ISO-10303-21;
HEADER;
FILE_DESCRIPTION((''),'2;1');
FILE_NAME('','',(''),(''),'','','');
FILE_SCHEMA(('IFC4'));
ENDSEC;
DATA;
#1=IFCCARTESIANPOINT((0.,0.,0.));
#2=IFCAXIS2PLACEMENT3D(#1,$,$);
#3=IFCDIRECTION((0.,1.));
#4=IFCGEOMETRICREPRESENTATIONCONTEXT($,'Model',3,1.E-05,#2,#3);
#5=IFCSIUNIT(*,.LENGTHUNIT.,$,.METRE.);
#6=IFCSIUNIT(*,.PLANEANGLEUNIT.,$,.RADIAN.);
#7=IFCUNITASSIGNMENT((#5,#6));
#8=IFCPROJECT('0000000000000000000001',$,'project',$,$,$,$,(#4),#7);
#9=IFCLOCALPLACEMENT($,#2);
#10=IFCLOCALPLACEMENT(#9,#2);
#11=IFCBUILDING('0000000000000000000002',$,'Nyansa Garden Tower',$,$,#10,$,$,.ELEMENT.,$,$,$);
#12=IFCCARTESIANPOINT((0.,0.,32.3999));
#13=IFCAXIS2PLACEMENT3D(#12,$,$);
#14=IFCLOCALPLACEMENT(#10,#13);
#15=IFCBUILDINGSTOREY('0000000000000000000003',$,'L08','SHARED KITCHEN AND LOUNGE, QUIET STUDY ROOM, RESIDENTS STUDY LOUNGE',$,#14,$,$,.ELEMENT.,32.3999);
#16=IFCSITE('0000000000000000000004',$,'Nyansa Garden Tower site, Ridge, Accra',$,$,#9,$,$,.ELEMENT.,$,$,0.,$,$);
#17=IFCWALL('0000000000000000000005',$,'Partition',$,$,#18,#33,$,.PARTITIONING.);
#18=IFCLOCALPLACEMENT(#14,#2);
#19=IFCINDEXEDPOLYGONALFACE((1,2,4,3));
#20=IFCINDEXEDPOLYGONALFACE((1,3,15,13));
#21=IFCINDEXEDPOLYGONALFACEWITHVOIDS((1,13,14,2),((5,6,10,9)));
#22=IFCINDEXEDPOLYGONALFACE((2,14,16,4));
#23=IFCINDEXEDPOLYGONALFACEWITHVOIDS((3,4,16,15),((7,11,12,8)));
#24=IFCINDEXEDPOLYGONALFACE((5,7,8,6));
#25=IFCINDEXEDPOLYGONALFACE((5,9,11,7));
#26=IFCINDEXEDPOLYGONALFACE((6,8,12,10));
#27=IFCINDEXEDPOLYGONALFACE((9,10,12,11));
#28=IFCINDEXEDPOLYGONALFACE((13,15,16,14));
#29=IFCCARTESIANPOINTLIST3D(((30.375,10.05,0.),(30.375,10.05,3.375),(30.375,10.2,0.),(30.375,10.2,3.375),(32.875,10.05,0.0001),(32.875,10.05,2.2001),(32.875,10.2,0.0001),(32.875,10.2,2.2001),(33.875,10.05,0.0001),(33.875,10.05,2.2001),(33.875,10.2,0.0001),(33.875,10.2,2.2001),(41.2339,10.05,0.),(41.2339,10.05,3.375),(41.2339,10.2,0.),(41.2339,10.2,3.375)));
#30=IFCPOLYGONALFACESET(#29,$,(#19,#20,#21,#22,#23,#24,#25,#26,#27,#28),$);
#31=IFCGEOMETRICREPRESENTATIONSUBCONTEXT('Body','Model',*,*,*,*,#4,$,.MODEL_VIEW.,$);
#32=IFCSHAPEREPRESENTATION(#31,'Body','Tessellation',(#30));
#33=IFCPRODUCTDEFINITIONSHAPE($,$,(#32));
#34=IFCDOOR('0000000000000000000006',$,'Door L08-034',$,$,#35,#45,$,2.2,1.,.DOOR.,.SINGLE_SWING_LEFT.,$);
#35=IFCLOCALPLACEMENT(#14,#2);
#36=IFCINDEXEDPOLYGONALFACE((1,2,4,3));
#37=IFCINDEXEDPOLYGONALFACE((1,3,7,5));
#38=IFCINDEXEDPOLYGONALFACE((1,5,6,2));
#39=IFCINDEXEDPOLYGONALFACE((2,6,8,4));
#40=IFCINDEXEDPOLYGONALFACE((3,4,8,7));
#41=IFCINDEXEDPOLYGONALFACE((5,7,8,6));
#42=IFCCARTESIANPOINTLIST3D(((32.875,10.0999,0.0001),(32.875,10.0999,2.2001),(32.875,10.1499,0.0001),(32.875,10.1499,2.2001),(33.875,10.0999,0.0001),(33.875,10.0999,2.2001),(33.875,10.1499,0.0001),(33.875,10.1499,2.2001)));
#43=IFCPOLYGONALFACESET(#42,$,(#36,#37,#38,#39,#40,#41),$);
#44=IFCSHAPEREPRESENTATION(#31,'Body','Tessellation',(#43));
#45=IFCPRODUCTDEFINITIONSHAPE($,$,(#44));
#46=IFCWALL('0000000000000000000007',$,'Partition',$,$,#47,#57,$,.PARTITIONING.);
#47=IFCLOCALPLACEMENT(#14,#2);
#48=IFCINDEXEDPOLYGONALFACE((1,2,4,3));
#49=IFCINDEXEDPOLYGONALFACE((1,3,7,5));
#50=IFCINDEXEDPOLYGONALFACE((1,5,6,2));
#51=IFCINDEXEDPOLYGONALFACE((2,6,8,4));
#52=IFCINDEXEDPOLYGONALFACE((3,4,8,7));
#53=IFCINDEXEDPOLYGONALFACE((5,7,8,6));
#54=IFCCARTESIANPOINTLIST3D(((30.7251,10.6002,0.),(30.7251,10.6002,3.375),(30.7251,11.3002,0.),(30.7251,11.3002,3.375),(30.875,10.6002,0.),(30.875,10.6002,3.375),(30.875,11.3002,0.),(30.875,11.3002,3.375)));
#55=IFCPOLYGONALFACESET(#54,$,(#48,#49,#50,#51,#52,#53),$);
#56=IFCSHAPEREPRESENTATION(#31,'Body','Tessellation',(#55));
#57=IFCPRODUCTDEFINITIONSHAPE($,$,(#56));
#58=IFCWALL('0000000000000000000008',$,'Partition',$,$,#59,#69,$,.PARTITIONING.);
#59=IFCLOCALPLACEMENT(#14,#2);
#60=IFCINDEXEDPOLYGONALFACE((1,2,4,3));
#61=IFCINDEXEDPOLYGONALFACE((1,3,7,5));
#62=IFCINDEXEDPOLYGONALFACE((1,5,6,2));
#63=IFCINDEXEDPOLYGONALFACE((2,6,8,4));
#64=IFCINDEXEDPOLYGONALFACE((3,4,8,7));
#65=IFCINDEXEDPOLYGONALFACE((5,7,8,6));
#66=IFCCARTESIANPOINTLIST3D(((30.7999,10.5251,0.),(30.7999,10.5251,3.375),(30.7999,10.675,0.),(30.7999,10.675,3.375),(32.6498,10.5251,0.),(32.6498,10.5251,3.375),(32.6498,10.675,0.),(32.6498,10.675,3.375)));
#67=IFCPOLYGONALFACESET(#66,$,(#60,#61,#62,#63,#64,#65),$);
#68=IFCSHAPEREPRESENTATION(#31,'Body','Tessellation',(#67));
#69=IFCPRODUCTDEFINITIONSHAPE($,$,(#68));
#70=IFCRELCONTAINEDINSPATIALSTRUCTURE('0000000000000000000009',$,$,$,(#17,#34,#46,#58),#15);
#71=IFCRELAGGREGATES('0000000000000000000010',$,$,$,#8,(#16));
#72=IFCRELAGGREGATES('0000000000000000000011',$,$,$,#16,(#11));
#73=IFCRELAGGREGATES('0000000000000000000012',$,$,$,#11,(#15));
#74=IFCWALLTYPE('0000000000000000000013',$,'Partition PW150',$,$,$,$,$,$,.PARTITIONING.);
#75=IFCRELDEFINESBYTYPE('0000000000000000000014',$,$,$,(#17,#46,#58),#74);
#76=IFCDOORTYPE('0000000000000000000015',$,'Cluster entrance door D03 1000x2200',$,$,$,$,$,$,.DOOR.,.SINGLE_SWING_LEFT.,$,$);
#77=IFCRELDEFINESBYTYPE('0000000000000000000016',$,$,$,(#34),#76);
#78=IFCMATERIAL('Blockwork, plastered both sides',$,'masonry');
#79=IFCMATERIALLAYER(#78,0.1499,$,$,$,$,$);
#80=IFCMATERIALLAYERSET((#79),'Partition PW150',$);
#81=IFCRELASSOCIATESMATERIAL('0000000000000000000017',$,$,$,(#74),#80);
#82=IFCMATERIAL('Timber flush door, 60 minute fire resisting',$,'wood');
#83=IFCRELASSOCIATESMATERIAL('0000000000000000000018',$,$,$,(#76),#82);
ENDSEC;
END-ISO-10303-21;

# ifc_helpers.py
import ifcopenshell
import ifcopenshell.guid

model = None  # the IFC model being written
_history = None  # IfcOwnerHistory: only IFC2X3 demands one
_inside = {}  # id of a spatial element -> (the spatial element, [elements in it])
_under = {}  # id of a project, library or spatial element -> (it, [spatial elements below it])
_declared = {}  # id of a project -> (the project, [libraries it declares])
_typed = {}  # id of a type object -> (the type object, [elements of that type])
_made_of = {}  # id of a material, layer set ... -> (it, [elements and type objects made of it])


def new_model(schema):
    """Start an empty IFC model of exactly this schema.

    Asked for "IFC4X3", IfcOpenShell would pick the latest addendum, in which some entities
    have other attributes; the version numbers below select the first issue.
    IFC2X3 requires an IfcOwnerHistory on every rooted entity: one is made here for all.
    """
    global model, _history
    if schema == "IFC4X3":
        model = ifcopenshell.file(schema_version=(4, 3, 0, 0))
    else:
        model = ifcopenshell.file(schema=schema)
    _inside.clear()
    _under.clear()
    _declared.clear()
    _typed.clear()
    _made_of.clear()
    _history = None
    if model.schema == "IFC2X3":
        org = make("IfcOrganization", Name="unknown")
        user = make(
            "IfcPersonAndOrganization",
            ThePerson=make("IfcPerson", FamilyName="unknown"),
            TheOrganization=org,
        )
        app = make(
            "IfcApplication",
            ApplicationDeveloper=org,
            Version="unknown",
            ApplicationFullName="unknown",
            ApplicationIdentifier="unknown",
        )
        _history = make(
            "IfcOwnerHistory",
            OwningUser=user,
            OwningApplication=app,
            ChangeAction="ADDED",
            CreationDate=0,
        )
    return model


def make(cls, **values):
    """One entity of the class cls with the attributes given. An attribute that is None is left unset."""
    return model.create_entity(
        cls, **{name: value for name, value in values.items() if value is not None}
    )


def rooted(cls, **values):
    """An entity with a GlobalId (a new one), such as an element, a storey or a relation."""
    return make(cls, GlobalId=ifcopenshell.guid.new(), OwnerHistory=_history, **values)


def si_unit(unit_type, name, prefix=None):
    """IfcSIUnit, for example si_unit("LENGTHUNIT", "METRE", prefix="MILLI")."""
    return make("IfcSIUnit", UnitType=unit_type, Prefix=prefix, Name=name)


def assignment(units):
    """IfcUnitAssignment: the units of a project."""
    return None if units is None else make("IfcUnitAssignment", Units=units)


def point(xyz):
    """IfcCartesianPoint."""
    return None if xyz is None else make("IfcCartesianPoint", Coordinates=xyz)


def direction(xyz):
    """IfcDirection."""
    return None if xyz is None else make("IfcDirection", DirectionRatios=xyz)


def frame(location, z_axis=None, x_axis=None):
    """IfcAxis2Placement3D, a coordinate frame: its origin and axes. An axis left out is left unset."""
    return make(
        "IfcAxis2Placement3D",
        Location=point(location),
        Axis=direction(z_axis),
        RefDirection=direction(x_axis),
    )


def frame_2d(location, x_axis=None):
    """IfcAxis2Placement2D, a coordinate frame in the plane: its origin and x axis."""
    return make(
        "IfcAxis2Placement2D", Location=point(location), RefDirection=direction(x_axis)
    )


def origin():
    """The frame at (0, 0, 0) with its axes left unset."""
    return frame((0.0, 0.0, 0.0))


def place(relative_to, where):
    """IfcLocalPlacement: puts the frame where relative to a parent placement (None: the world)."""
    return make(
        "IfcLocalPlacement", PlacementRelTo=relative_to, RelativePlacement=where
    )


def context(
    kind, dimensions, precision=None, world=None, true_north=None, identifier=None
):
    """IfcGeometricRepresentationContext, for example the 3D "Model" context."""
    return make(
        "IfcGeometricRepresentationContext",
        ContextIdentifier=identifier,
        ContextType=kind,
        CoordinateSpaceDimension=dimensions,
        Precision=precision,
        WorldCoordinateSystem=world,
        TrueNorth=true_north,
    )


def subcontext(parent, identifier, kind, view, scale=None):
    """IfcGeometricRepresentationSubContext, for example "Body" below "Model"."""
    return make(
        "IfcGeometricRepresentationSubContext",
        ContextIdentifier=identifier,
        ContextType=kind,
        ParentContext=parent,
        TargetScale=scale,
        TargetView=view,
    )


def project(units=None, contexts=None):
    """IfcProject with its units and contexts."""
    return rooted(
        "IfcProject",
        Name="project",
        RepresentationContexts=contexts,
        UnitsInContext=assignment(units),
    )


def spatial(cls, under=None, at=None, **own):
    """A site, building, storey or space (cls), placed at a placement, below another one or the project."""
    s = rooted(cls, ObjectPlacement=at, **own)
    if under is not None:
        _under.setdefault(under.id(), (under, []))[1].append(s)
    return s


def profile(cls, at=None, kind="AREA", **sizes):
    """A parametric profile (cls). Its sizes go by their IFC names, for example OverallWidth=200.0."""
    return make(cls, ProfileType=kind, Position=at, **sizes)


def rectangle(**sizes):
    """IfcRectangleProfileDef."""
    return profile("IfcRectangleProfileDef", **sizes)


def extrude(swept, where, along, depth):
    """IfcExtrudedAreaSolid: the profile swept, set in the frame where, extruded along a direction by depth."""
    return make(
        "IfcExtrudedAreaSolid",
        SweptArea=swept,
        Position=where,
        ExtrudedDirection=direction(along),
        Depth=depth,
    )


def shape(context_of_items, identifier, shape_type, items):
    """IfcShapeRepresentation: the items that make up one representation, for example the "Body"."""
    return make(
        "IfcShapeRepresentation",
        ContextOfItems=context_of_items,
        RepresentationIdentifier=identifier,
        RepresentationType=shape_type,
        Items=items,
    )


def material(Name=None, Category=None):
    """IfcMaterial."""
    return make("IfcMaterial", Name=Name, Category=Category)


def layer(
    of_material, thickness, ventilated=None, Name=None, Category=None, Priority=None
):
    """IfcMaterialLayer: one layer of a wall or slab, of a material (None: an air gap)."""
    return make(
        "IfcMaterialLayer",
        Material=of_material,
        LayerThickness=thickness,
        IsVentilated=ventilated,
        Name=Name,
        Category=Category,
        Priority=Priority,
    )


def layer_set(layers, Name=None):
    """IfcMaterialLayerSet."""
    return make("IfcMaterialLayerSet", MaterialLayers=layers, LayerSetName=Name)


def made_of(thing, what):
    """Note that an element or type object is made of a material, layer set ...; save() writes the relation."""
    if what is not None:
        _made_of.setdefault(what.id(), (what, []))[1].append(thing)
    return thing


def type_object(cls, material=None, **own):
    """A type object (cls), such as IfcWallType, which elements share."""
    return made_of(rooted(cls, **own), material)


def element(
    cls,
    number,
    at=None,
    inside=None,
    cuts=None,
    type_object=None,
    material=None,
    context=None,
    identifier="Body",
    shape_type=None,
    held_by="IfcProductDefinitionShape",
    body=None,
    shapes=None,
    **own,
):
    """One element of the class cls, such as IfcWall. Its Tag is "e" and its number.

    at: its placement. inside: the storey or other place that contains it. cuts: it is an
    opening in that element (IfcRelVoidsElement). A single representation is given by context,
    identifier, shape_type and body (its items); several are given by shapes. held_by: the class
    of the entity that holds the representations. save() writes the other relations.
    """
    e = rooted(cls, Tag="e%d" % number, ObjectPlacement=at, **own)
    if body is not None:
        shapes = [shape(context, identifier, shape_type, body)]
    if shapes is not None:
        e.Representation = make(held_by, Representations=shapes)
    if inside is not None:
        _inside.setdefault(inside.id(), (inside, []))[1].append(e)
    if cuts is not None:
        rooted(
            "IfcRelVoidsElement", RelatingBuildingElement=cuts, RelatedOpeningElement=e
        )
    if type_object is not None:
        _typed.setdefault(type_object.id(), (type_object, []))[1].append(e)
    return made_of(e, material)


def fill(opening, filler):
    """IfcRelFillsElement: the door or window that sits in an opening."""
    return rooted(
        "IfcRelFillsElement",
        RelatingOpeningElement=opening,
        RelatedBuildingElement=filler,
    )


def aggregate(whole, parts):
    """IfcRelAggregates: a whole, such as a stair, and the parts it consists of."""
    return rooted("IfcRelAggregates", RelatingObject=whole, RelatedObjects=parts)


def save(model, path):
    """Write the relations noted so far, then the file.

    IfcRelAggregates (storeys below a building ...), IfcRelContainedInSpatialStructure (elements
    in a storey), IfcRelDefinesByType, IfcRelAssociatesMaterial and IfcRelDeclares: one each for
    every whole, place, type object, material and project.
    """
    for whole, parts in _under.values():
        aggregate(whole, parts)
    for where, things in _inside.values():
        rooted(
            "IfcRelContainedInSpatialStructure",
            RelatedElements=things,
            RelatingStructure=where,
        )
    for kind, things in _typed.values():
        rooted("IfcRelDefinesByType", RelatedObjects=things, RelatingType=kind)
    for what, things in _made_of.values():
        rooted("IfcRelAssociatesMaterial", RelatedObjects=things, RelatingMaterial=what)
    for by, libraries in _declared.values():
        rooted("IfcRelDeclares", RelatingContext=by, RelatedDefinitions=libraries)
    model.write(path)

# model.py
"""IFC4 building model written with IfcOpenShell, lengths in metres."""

from ifc_helpers import new_model, si_unit, direction, frame, frame_2d, origin, place, context, subcontext, project, spatial, rectangle, extrude, material, layer, layer_set, type_object, element, fill, save


model = new_model("IFC4")

# Units and contexts
model_context = context("Model", 3, precision=1e-05, world=origin(), true_north=direction((0.0, 1.0)))
body_context = subcontext(model_context, "Body", "Model", "MODEL_VIEW")
ifc_project = project(units=[si_unit("LENGTHUNIT", "METRE"), si_unit("PLANEANGLEUNIT", "RADIAN")], contexts=[model_context])

# Site, building, storey
site_placement = place(None, origin())
site = spatial("IfcSite", under=ifc_project, at=site_placement, Name="Nyansa Garden Tower site, Ridge, Accra", CompositionType="ELEMENT", RefElevation=0.0)
building_placement = place(site_placement, origin())
building = spatial("IfcBuilding", under=site, at=building_placement, Name="Nyansa Garden Tower", CompositionType="ELEMENT")
storey_placement = place(building_placement, frame((0.0, 0.0, 32.3999)))
storey = spatial("IfcBuildingStorey", under=building, at=storey_placement, Name="L08", Description="SHARED KITCHEN AND LOUNGE, QUIET STUDY ROOM, RESIDENTS STUDY LOUNGE", CompositionType="ELEMENT", Elevation=32.3999)

# Shared definitions
ifc_material_1 = material(Name="Blockwork, plastered both sides", Category="masonry")
ifc_layer_1 = layer(ifc_material_1, 0.1499)
ifc_layer_set_1 = layer_set([ifc_layer_1], Name="Partition PW150")
wall_type_1 = type_object("IfcWallType", Name="Partition PW150", PredefinedType="PARTITIONING", material=ifc_layer_set_1)

# Wall, opening, door
ifc_material_2 = material(Name="Timber flush door, 60 minute fire resisting", Category="wood")
door_type_1 = type_object("IfcDoorType", Name="Cluster entrance door D03 1000x2200", OperationType="SINGLE_SWING_LEFT", PredefinedType="DOOR", material=ifc_material_2)
wall_1_placement = place(storey_placement, frame((30.375, 10.125, 0.0), z_axis=(0.0, 0.0, 1.0), x_axis=(1.0, 0.0, 0.0)))
wall_1 = element("IfcWall", 1, at=wall_1_placement, inside=storey, type_object=wall_type_1, Name="Partition", PredefinedType="PARTITIONING", context=body_context, shape_type="SweptSolid", body=[
    extrude(rectangle(XDim=10.8589, YDim=0.1499, at=frame_2d((5.4294, 0.0))), origin(), (0.0, 0.0, 1.0), 3.375),
])
opening_1_placement = place(wall_1_placement, frame((2.5, 0.0, 0.0)))
opening_1 = element("IfcOpeningElement", 2, at=opening_1_placement, cuts=wall_1, PredefinedType="OPENING", context=body_context, shape_type="SweptSolid", body=[
    extrude(rectangle(XDim=1.0, YDim=2.2, at=frame_2d((0.5, 1.1001))), frame((0.0, 0.085, 0.0), z_axis=(0.0, -1.0, 0.0), x_axis=(1.0, 0.0, 0.0)), (0.0, 0.0, 1.0), 0.1699),
])
door_1_placement = place(opening_1_placement, origin())
door_1 = element("IfcDoor", 3, at=door_1_placement, inside=storey, type_object=door_type_1, Name="Door L08-034", OperationType="SINGLE_SWING_LEFT", OverallHeight=2.2, OverallWidth=1.0, PredefinedType="DOOR", context=body_context, shape_type="SweptSolid", body=[
    extrude(rectangle(XDim=1.0, YDim=2.2, at=frame_2d((0.5, 1.1001))), frame((0.0, 0.0249, 0.0), z_axis=(0.0, -1.0, 0.0), x_axis=(1.0, 0.0, 0.0)), (0.0, 0.0, 1.0), 0.05),
])
fill(opening_1, door_1)

# Walls
wall_2_placement = place(storey_placement, frame((30.8, 10.6001, 0.0), z_axis=(0.0, 0.0, 1.0), x_axis=(0.0, 1.0, 0.0)))
element("IfcWall", 4, at=wall_2_placement, inside=storey, type_object=wall_type_1, Name="Partition", PredefinedType="PARTITIONING", context=body_context, shape_type="SweptSolid", body=[
    extrude(rectangle(XDim=0.7, YDim=0.1499, at=frame_2d((0.3501, 0.0))), origin(), (0.0, 0.0, 1.0), 3.375),
])
wall_3_placement = place(storey_placement, frame((30.8, 10.6001, 0.0), z_axis=(0.0, 0.0, 1.0), x_axis=(1.0, 0.0, 0.0)))
element("IfcWall", 5, at=wall_3_placement, inside=storey, type_object=wall_type_1, Name="Partition", PredefinedType="PARTITIONING", context=body_context, shape_type="SweptSolid", body=[
    extrude(rectangle(XDim=1.8499, YDim=0.1499, at=frame_2d((0.9248, 0.0))), origin(), (0.0, 0.0, 1.0), 3.375),
])

save(model, "model.ifc")
